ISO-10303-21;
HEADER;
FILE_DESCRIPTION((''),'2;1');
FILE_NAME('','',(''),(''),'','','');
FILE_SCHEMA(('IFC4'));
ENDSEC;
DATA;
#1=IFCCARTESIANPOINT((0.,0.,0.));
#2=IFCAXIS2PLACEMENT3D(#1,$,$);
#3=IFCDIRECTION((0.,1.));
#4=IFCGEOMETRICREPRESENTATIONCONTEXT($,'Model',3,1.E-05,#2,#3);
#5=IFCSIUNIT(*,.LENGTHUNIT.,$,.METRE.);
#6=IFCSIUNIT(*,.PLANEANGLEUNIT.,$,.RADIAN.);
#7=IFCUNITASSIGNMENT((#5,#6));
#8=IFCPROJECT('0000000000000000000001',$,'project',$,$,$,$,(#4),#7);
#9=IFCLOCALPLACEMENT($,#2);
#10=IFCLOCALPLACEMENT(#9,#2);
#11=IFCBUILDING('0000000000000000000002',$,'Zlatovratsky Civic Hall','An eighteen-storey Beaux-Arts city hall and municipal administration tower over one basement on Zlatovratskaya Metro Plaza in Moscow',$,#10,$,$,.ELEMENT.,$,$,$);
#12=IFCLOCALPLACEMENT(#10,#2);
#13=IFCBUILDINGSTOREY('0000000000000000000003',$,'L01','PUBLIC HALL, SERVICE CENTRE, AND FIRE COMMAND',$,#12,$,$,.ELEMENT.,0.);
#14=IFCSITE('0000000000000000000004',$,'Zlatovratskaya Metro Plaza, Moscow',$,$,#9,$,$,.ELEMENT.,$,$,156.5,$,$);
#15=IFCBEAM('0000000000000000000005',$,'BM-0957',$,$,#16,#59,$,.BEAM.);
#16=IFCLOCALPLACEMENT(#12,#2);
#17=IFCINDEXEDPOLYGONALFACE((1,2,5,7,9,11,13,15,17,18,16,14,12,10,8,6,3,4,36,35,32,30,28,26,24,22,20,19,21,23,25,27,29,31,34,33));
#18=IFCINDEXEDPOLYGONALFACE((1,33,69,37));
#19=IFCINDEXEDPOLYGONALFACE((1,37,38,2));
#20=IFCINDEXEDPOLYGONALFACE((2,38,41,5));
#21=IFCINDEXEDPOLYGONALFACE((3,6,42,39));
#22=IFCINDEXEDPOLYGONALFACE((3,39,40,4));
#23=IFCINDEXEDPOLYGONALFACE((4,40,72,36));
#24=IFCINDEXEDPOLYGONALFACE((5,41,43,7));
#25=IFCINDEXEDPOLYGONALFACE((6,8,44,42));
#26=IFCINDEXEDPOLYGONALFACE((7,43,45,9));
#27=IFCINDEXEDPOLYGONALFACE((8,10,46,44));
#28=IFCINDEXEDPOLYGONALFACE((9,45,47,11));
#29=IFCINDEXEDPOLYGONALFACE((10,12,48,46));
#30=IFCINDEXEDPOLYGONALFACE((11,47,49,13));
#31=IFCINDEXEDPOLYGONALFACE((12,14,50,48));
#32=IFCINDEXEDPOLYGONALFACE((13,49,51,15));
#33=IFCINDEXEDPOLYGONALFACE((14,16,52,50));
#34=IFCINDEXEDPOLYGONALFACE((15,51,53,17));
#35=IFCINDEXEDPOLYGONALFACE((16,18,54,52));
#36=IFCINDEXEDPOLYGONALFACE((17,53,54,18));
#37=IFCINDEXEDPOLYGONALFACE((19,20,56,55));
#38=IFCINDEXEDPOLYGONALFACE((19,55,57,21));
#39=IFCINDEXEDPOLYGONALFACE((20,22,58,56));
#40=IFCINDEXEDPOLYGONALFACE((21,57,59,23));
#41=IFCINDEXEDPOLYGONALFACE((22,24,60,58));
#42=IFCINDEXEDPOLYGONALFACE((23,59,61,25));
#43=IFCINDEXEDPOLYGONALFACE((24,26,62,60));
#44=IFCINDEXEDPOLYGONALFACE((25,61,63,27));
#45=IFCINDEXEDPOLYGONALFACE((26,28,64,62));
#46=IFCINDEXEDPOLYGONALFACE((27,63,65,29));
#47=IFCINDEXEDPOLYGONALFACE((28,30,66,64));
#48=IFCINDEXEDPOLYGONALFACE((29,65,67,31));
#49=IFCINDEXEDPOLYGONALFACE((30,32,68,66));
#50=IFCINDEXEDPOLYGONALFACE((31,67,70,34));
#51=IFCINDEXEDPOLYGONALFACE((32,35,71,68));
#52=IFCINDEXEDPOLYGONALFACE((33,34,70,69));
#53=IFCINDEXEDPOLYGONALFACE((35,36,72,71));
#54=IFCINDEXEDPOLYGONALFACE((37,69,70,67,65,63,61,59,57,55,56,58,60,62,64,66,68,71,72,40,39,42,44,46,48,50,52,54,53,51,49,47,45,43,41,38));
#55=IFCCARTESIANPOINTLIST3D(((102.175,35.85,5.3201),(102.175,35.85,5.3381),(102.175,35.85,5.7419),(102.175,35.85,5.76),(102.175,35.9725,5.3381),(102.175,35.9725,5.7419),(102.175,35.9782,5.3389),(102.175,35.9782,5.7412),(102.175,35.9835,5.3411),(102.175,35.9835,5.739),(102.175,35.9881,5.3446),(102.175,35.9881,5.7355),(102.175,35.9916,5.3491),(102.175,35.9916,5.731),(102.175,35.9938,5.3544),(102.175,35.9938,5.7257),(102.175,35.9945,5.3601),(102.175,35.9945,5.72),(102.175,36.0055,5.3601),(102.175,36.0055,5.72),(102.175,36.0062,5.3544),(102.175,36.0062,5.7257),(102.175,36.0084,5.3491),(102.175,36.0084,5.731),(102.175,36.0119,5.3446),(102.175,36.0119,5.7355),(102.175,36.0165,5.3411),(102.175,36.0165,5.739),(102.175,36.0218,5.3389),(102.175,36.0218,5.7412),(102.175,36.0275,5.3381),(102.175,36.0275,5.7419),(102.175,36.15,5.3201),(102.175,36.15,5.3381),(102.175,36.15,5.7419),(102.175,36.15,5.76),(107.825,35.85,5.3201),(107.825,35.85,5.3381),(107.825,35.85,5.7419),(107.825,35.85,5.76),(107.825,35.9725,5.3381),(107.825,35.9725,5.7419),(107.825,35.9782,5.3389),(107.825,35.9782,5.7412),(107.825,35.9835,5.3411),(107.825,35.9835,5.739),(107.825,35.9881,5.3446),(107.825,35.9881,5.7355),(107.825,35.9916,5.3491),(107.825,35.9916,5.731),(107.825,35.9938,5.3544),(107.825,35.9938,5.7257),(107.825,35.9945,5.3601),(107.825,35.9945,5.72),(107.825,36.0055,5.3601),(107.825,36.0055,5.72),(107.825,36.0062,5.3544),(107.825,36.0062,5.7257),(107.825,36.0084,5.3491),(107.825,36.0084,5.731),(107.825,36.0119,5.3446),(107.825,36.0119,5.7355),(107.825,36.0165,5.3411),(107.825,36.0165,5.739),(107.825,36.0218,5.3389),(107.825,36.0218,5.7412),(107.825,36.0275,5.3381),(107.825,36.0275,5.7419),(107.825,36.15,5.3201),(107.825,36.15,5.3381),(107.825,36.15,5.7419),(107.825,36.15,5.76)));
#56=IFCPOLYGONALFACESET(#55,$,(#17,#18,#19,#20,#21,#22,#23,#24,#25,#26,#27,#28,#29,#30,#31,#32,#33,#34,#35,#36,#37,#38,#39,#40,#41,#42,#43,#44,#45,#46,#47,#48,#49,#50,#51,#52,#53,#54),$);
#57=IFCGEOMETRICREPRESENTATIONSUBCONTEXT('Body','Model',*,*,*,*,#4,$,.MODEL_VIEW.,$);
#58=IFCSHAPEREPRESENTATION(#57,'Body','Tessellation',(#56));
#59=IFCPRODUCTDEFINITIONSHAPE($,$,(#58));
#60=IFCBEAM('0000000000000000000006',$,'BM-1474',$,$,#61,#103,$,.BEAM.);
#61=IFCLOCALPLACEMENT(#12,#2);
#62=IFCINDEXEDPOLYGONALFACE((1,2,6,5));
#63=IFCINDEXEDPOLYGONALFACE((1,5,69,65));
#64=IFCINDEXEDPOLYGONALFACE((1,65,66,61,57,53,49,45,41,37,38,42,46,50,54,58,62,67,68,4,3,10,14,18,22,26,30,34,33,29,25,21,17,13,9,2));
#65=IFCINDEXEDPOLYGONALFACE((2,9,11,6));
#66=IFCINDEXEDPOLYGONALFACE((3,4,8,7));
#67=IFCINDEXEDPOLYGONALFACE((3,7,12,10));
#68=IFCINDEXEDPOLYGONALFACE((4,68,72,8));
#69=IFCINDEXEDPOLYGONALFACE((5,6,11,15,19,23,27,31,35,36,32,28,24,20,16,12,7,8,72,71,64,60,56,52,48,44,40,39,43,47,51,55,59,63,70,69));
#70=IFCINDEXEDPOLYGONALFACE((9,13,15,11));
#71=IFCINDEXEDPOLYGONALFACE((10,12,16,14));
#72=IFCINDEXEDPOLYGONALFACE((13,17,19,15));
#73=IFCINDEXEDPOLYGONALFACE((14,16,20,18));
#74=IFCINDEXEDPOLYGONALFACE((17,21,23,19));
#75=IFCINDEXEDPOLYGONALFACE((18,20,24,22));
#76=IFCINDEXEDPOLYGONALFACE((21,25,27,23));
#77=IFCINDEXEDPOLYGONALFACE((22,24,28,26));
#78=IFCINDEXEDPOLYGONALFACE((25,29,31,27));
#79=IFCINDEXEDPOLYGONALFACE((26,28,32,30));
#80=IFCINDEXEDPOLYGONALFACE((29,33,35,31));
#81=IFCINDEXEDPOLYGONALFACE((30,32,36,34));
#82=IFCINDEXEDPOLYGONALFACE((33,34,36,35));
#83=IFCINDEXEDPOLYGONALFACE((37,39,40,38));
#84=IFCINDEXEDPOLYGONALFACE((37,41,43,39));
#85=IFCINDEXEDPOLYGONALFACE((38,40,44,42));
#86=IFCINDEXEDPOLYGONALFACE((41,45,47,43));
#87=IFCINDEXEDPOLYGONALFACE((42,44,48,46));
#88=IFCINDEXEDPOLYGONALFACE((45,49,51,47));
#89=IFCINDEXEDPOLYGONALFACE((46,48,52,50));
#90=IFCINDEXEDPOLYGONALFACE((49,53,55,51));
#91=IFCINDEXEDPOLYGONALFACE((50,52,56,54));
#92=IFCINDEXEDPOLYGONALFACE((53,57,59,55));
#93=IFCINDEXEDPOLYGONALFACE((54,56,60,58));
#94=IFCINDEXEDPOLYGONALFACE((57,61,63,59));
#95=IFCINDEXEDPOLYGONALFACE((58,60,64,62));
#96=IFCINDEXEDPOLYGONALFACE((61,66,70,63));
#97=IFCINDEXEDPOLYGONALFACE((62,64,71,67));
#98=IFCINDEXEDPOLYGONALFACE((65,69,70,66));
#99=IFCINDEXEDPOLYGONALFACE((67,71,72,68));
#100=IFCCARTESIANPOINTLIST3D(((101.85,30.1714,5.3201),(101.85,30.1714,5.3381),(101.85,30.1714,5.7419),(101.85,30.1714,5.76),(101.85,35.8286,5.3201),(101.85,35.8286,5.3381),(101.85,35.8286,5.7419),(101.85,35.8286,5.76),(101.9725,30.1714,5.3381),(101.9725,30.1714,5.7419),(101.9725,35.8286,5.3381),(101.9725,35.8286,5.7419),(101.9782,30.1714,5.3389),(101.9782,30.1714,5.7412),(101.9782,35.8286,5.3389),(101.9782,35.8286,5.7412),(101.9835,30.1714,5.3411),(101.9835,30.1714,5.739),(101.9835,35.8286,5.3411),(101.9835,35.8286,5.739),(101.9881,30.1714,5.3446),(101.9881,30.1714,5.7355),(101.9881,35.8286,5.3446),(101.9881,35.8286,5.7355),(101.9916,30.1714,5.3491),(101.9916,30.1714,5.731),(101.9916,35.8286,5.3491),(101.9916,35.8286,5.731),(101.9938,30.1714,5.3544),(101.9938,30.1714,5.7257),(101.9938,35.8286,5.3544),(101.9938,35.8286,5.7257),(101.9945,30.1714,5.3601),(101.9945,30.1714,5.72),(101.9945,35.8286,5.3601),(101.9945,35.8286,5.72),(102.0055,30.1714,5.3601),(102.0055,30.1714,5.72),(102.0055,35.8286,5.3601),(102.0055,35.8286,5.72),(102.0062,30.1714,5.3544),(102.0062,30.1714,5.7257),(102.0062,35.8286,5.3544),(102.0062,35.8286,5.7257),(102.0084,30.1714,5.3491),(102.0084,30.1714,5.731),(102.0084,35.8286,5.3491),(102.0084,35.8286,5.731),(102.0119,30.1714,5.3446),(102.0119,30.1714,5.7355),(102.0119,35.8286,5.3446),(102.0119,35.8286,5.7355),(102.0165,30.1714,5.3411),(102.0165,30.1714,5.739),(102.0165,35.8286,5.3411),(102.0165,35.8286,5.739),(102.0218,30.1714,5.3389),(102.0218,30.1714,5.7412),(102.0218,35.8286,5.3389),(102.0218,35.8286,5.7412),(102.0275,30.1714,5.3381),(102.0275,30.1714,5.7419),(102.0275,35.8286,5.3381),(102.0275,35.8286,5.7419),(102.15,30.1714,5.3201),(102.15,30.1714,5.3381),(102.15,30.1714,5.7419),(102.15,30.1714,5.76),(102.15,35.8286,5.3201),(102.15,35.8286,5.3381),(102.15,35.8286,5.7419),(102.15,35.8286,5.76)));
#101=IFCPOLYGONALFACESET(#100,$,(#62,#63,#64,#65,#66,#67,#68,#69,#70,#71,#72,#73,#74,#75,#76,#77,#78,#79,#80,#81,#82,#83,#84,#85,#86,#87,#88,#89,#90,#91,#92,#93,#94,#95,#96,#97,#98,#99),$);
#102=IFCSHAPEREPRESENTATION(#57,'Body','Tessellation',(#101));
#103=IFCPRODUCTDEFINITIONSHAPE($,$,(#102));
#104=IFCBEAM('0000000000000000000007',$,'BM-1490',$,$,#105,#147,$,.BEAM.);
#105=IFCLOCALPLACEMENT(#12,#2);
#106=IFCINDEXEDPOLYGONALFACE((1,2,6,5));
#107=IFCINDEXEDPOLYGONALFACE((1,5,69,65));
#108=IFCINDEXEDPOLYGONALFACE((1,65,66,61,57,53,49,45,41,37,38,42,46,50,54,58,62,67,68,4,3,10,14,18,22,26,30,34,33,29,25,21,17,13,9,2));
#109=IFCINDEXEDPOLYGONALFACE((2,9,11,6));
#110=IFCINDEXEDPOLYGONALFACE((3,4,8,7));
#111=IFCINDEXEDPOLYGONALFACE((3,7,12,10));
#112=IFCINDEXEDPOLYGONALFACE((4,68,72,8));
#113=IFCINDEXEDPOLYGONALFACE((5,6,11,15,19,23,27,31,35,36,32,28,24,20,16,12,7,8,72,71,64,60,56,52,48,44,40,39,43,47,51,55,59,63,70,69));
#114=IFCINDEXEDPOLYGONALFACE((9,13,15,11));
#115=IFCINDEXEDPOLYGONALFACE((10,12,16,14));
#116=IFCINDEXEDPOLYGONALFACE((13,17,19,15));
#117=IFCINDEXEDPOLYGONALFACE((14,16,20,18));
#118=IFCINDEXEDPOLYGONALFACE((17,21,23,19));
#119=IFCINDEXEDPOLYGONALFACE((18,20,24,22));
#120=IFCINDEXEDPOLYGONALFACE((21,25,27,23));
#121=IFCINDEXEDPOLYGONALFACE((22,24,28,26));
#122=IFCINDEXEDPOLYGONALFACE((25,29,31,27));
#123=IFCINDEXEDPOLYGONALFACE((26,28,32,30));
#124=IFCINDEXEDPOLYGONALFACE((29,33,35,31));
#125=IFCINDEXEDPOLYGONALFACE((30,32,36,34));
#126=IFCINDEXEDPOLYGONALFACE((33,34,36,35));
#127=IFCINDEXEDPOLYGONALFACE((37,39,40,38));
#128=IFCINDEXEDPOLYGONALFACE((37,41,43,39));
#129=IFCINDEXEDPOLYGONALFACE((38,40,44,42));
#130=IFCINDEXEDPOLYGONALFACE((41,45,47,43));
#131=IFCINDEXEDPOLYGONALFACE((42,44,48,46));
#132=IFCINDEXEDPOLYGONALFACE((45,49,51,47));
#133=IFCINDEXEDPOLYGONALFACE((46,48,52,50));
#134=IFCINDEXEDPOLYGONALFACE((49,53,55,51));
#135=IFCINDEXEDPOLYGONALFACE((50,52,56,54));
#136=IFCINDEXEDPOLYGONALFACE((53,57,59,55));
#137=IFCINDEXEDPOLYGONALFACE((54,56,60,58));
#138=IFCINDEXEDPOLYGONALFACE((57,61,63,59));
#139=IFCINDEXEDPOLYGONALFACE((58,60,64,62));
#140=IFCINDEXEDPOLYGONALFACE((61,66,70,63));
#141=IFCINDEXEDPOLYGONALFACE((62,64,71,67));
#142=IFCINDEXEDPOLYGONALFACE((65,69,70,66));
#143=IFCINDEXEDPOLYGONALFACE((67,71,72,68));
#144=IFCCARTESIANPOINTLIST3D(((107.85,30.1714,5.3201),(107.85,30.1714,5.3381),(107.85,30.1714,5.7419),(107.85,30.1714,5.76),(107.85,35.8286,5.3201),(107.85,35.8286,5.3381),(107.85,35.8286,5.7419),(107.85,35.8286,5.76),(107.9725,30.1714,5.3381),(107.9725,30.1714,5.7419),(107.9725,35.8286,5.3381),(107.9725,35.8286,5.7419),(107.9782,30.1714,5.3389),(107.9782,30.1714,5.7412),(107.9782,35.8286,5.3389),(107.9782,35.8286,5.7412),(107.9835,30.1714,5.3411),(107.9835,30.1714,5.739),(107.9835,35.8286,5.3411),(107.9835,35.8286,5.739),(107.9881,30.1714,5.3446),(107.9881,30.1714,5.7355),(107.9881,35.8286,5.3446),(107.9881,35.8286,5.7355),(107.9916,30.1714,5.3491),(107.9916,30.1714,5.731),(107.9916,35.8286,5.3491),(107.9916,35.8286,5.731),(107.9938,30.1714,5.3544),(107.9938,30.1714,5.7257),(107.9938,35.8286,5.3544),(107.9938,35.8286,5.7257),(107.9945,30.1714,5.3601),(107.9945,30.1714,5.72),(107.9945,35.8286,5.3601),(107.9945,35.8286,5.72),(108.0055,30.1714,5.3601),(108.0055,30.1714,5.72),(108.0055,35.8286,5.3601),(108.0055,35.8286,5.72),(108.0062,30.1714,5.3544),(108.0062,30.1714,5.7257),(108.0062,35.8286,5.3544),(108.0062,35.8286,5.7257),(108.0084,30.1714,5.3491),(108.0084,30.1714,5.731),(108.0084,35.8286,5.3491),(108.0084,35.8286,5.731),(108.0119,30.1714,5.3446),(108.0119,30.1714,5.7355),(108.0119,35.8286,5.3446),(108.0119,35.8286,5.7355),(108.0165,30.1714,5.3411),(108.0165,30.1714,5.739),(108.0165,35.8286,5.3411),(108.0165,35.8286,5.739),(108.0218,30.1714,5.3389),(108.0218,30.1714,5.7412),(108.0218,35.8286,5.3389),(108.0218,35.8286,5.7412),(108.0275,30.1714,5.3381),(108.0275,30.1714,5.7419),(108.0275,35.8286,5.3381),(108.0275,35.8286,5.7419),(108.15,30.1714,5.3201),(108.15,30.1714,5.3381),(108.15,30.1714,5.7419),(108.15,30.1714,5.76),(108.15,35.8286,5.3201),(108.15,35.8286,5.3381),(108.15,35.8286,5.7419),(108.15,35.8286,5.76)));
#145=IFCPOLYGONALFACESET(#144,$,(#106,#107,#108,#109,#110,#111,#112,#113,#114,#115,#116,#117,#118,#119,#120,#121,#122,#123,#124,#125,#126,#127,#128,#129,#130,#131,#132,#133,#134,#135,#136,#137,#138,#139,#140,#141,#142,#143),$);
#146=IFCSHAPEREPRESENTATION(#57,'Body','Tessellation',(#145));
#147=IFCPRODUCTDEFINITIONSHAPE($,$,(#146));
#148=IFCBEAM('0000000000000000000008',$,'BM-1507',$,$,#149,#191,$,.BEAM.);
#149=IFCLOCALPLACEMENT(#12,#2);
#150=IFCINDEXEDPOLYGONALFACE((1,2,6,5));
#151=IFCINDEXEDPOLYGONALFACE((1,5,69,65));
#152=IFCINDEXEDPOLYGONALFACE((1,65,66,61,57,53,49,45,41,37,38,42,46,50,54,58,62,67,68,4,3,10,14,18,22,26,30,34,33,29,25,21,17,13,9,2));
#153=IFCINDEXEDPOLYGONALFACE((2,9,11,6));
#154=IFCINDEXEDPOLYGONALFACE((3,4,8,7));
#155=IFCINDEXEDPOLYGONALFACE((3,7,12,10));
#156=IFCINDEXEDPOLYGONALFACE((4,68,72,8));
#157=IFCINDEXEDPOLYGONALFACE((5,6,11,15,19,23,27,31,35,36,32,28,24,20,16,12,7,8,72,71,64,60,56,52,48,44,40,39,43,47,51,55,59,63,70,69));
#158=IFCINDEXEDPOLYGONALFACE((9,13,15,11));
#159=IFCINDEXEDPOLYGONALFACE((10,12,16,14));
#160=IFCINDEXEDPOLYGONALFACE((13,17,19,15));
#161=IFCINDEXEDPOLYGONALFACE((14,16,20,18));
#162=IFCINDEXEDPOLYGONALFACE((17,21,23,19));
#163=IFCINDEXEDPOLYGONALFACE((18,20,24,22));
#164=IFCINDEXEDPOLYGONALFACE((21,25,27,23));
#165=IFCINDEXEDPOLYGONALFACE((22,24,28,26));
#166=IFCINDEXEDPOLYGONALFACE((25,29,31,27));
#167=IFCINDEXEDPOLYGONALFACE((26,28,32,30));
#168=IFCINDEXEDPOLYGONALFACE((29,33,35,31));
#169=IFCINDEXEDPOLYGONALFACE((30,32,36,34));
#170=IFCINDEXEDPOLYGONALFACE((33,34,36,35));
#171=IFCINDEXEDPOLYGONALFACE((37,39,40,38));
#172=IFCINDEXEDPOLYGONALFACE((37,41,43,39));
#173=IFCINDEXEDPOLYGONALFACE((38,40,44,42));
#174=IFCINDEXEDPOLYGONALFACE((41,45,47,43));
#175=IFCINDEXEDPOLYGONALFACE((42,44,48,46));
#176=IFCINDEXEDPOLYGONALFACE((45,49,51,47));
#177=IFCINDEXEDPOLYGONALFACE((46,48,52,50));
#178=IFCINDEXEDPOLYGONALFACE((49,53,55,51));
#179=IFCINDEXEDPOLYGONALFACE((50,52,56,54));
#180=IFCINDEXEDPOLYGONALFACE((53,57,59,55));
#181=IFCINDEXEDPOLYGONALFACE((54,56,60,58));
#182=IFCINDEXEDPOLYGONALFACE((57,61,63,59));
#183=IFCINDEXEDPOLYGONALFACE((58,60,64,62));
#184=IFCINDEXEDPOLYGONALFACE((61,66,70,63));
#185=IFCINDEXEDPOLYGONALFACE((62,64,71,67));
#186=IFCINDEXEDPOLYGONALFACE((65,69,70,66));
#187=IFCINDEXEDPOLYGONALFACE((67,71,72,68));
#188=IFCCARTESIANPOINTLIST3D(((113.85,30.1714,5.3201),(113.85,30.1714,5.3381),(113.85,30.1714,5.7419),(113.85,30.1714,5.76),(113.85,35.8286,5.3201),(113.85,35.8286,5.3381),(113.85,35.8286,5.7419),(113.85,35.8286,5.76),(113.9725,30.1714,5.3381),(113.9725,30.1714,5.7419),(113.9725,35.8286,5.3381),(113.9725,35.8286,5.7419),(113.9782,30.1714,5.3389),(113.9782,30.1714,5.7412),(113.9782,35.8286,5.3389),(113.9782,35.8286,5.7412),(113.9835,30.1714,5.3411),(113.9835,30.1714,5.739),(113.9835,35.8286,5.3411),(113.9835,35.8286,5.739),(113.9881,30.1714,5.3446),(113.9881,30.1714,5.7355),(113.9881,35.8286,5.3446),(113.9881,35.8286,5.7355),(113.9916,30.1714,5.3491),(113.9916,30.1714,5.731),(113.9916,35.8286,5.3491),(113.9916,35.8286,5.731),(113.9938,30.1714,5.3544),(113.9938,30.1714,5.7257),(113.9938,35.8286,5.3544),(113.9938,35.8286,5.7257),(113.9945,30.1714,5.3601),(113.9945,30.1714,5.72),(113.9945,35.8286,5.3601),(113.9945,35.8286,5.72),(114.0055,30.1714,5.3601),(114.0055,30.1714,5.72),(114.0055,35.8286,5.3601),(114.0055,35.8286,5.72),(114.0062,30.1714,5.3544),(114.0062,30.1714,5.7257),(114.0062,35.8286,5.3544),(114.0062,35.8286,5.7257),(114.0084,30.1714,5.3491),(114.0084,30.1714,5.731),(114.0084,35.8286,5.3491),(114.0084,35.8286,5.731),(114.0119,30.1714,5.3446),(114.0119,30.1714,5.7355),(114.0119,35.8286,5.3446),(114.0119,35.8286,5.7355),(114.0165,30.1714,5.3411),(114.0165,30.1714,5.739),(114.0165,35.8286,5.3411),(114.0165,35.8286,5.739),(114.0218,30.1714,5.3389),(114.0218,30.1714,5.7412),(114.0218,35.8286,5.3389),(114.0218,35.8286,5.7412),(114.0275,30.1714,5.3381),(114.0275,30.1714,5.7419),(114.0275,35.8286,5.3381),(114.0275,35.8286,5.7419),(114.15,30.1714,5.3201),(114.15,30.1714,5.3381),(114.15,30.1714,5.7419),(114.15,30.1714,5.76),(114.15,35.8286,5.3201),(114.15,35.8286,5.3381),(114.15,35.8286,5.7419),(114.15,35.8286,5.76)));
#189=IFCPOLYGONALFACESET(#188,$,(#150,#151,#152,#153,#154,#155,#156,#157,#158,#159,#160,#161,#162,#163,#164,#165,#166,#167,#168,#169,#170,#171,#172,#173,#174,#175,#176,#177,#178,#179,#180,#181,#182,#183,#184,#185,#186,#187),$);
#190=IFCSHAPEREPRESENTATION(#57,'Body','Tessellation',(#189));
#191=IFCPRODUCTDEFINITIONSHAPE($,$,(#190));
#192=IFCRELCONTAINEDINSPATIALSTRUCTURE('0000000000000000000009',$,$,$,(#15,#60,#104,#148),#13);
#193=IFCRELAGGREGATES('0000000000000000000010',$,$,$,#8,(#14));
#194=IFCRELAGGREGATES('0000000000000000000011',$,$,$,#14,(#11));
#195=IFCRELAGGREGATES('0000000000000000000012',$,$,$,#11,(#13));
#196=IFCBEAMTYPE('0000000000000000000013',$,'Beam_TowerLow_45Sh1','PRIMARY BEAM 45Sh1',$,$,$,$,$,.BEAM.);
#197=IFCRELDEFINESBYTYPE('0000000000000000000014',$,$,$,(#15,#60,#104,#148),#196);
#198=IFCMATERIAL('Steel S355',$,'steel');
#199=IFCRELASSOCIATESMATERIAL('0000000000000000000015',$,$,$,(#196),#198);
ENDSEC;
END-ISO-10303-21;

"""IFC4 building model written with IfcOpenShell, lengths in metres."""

from ifc_helpers import new_model, si_unit, direction, frame, origin, origin_2d, place, context, subcontext, project, spatial, i_section, extrude, material, material_profile, profile_set, type_object, element, save


model = new_model("IFC4")

# Units and contexts
model_context = context("Model", 3, precision=1e-05, world=origin(), true_north=direction((0.0, 1.0)))
body_context = subcontext(model_context, "Body", "Model", "MODEL_VIEW")
ifc_project = project(units=[si_unit("LENGTHUNIT", "METRE"), si_unit("PLANEANGLEUNIT", "RADIAN")], contexts=[model_context])

# Site, building, storey
site_placement = place(None, origin())
site = spatial("IfcSite", under=ifc_project, at=site_placement, Name="Zlatovratskaya Metro Plaza, Moscow", CompositionType="ELEMENT", RefElevation=156.5)
building_placement = place(site_placement, origin())
building = spatial("IfcBuilding", under=site, at=building_placement, Name="Zlatovratsky Civic Hall", Description="An eighteen-storey Beaux-Arts city hall and municipal administration tower over one basement on Zlatovratskaya Metro Plaza in Moscow", CompositionType="ELEMENT")
storey_placement = place(building_placement, origin())
storey = spatial("IfcBuildingStorey", under=building, at=storey_placement, Name="L01", Description="PUBLIC HALL, SERVICE CENTRE, AND FIRE COMMAND", CompositionType="ELEMENT", Elevation=0.0)

# Shared definitions
ifc_material_1 = material(Name="Steel S355", Category="steel")

# Beams
ifc_material_profile_1 = material_profile(ifc_material_1, i_section(OverallWidth=0.3, OverallDepth=0.4399, WebThickness=0.011, FlangeThickness=0.0181, FilletRadius=0.022, at=origin_2d()), Name="45Sh1")
ifc_profile_set_1 = profile_set([ifc_material_profile_1], Name="Steel S355")
beam_type_1 = type_object("IfcBeamType", Name="Beam_TowerLow_45Sh1", Description="PRIMARY BEAM 45Sh1", PredefinedType="BEAM", material=ifc_profile_set_1)
for number, where, z_axis, x_axis, name in (
    (1, (102.175, 36.0, 5.54), (1.0, 0.0, 0.0), (0.0, 1.0, 0.0), "BM-0957"),
):
    element("IfcBeam", number, at=place(storey_placement, frame(where, z_axis=z_axis, x_axis=x_axis)), inside=storey, type_object=beam_type_1, Name=name, PredefinedType="BEAM", context=body_context, shape_type="SweptSolid", body=[
        extrude(i_section(OverallWidth=0.3, OverallDepth=0.4399, WebThickness=0.011, FlangeThickness=0.0181, FilletRadius=0.022, at=origin_2d()), origin(), (0.0, 0.0, 1.0), 5.6499),
    ])
for number, where, z_axis, x_axis, name in (
    (2, (102.0, 30.1714, 5.54), (0.0, 1.0, 0.0), (-1.0, 0.0, 0.0), "BM-1474"),
    (3, (108.0, 30.1714, 5.54), (0.0, 1.0, 0.0), (-1.0, 0.0, 0.0), "BM-1490"),
    (4, (114.0, 30.1714, 5.54), (0.0, 1.0, 0.0), (-1.0, 0.0, 0.0), "BM-1507"),
):
    element("IfcBeam", number, at=place(storey_placement, frame(where, z_axis=z_axis, x_axis=x_axis)), inside=storey, type_object=beam_type_1, Name=name, PredefinedType="BEAM", context=body_context, shape_type="SweptSolid", body=[
        extrude(i_section(OverallWidth=0.3, OverallDepth=0.4399, WebThickness=0.011, FlangeThickness=0.0181, FilletRadius=0.022, at=origin_2d()), origin(), (0.0, 0.0, 1.0), 5.6572),
    ])

save(model, "model.ifc")
